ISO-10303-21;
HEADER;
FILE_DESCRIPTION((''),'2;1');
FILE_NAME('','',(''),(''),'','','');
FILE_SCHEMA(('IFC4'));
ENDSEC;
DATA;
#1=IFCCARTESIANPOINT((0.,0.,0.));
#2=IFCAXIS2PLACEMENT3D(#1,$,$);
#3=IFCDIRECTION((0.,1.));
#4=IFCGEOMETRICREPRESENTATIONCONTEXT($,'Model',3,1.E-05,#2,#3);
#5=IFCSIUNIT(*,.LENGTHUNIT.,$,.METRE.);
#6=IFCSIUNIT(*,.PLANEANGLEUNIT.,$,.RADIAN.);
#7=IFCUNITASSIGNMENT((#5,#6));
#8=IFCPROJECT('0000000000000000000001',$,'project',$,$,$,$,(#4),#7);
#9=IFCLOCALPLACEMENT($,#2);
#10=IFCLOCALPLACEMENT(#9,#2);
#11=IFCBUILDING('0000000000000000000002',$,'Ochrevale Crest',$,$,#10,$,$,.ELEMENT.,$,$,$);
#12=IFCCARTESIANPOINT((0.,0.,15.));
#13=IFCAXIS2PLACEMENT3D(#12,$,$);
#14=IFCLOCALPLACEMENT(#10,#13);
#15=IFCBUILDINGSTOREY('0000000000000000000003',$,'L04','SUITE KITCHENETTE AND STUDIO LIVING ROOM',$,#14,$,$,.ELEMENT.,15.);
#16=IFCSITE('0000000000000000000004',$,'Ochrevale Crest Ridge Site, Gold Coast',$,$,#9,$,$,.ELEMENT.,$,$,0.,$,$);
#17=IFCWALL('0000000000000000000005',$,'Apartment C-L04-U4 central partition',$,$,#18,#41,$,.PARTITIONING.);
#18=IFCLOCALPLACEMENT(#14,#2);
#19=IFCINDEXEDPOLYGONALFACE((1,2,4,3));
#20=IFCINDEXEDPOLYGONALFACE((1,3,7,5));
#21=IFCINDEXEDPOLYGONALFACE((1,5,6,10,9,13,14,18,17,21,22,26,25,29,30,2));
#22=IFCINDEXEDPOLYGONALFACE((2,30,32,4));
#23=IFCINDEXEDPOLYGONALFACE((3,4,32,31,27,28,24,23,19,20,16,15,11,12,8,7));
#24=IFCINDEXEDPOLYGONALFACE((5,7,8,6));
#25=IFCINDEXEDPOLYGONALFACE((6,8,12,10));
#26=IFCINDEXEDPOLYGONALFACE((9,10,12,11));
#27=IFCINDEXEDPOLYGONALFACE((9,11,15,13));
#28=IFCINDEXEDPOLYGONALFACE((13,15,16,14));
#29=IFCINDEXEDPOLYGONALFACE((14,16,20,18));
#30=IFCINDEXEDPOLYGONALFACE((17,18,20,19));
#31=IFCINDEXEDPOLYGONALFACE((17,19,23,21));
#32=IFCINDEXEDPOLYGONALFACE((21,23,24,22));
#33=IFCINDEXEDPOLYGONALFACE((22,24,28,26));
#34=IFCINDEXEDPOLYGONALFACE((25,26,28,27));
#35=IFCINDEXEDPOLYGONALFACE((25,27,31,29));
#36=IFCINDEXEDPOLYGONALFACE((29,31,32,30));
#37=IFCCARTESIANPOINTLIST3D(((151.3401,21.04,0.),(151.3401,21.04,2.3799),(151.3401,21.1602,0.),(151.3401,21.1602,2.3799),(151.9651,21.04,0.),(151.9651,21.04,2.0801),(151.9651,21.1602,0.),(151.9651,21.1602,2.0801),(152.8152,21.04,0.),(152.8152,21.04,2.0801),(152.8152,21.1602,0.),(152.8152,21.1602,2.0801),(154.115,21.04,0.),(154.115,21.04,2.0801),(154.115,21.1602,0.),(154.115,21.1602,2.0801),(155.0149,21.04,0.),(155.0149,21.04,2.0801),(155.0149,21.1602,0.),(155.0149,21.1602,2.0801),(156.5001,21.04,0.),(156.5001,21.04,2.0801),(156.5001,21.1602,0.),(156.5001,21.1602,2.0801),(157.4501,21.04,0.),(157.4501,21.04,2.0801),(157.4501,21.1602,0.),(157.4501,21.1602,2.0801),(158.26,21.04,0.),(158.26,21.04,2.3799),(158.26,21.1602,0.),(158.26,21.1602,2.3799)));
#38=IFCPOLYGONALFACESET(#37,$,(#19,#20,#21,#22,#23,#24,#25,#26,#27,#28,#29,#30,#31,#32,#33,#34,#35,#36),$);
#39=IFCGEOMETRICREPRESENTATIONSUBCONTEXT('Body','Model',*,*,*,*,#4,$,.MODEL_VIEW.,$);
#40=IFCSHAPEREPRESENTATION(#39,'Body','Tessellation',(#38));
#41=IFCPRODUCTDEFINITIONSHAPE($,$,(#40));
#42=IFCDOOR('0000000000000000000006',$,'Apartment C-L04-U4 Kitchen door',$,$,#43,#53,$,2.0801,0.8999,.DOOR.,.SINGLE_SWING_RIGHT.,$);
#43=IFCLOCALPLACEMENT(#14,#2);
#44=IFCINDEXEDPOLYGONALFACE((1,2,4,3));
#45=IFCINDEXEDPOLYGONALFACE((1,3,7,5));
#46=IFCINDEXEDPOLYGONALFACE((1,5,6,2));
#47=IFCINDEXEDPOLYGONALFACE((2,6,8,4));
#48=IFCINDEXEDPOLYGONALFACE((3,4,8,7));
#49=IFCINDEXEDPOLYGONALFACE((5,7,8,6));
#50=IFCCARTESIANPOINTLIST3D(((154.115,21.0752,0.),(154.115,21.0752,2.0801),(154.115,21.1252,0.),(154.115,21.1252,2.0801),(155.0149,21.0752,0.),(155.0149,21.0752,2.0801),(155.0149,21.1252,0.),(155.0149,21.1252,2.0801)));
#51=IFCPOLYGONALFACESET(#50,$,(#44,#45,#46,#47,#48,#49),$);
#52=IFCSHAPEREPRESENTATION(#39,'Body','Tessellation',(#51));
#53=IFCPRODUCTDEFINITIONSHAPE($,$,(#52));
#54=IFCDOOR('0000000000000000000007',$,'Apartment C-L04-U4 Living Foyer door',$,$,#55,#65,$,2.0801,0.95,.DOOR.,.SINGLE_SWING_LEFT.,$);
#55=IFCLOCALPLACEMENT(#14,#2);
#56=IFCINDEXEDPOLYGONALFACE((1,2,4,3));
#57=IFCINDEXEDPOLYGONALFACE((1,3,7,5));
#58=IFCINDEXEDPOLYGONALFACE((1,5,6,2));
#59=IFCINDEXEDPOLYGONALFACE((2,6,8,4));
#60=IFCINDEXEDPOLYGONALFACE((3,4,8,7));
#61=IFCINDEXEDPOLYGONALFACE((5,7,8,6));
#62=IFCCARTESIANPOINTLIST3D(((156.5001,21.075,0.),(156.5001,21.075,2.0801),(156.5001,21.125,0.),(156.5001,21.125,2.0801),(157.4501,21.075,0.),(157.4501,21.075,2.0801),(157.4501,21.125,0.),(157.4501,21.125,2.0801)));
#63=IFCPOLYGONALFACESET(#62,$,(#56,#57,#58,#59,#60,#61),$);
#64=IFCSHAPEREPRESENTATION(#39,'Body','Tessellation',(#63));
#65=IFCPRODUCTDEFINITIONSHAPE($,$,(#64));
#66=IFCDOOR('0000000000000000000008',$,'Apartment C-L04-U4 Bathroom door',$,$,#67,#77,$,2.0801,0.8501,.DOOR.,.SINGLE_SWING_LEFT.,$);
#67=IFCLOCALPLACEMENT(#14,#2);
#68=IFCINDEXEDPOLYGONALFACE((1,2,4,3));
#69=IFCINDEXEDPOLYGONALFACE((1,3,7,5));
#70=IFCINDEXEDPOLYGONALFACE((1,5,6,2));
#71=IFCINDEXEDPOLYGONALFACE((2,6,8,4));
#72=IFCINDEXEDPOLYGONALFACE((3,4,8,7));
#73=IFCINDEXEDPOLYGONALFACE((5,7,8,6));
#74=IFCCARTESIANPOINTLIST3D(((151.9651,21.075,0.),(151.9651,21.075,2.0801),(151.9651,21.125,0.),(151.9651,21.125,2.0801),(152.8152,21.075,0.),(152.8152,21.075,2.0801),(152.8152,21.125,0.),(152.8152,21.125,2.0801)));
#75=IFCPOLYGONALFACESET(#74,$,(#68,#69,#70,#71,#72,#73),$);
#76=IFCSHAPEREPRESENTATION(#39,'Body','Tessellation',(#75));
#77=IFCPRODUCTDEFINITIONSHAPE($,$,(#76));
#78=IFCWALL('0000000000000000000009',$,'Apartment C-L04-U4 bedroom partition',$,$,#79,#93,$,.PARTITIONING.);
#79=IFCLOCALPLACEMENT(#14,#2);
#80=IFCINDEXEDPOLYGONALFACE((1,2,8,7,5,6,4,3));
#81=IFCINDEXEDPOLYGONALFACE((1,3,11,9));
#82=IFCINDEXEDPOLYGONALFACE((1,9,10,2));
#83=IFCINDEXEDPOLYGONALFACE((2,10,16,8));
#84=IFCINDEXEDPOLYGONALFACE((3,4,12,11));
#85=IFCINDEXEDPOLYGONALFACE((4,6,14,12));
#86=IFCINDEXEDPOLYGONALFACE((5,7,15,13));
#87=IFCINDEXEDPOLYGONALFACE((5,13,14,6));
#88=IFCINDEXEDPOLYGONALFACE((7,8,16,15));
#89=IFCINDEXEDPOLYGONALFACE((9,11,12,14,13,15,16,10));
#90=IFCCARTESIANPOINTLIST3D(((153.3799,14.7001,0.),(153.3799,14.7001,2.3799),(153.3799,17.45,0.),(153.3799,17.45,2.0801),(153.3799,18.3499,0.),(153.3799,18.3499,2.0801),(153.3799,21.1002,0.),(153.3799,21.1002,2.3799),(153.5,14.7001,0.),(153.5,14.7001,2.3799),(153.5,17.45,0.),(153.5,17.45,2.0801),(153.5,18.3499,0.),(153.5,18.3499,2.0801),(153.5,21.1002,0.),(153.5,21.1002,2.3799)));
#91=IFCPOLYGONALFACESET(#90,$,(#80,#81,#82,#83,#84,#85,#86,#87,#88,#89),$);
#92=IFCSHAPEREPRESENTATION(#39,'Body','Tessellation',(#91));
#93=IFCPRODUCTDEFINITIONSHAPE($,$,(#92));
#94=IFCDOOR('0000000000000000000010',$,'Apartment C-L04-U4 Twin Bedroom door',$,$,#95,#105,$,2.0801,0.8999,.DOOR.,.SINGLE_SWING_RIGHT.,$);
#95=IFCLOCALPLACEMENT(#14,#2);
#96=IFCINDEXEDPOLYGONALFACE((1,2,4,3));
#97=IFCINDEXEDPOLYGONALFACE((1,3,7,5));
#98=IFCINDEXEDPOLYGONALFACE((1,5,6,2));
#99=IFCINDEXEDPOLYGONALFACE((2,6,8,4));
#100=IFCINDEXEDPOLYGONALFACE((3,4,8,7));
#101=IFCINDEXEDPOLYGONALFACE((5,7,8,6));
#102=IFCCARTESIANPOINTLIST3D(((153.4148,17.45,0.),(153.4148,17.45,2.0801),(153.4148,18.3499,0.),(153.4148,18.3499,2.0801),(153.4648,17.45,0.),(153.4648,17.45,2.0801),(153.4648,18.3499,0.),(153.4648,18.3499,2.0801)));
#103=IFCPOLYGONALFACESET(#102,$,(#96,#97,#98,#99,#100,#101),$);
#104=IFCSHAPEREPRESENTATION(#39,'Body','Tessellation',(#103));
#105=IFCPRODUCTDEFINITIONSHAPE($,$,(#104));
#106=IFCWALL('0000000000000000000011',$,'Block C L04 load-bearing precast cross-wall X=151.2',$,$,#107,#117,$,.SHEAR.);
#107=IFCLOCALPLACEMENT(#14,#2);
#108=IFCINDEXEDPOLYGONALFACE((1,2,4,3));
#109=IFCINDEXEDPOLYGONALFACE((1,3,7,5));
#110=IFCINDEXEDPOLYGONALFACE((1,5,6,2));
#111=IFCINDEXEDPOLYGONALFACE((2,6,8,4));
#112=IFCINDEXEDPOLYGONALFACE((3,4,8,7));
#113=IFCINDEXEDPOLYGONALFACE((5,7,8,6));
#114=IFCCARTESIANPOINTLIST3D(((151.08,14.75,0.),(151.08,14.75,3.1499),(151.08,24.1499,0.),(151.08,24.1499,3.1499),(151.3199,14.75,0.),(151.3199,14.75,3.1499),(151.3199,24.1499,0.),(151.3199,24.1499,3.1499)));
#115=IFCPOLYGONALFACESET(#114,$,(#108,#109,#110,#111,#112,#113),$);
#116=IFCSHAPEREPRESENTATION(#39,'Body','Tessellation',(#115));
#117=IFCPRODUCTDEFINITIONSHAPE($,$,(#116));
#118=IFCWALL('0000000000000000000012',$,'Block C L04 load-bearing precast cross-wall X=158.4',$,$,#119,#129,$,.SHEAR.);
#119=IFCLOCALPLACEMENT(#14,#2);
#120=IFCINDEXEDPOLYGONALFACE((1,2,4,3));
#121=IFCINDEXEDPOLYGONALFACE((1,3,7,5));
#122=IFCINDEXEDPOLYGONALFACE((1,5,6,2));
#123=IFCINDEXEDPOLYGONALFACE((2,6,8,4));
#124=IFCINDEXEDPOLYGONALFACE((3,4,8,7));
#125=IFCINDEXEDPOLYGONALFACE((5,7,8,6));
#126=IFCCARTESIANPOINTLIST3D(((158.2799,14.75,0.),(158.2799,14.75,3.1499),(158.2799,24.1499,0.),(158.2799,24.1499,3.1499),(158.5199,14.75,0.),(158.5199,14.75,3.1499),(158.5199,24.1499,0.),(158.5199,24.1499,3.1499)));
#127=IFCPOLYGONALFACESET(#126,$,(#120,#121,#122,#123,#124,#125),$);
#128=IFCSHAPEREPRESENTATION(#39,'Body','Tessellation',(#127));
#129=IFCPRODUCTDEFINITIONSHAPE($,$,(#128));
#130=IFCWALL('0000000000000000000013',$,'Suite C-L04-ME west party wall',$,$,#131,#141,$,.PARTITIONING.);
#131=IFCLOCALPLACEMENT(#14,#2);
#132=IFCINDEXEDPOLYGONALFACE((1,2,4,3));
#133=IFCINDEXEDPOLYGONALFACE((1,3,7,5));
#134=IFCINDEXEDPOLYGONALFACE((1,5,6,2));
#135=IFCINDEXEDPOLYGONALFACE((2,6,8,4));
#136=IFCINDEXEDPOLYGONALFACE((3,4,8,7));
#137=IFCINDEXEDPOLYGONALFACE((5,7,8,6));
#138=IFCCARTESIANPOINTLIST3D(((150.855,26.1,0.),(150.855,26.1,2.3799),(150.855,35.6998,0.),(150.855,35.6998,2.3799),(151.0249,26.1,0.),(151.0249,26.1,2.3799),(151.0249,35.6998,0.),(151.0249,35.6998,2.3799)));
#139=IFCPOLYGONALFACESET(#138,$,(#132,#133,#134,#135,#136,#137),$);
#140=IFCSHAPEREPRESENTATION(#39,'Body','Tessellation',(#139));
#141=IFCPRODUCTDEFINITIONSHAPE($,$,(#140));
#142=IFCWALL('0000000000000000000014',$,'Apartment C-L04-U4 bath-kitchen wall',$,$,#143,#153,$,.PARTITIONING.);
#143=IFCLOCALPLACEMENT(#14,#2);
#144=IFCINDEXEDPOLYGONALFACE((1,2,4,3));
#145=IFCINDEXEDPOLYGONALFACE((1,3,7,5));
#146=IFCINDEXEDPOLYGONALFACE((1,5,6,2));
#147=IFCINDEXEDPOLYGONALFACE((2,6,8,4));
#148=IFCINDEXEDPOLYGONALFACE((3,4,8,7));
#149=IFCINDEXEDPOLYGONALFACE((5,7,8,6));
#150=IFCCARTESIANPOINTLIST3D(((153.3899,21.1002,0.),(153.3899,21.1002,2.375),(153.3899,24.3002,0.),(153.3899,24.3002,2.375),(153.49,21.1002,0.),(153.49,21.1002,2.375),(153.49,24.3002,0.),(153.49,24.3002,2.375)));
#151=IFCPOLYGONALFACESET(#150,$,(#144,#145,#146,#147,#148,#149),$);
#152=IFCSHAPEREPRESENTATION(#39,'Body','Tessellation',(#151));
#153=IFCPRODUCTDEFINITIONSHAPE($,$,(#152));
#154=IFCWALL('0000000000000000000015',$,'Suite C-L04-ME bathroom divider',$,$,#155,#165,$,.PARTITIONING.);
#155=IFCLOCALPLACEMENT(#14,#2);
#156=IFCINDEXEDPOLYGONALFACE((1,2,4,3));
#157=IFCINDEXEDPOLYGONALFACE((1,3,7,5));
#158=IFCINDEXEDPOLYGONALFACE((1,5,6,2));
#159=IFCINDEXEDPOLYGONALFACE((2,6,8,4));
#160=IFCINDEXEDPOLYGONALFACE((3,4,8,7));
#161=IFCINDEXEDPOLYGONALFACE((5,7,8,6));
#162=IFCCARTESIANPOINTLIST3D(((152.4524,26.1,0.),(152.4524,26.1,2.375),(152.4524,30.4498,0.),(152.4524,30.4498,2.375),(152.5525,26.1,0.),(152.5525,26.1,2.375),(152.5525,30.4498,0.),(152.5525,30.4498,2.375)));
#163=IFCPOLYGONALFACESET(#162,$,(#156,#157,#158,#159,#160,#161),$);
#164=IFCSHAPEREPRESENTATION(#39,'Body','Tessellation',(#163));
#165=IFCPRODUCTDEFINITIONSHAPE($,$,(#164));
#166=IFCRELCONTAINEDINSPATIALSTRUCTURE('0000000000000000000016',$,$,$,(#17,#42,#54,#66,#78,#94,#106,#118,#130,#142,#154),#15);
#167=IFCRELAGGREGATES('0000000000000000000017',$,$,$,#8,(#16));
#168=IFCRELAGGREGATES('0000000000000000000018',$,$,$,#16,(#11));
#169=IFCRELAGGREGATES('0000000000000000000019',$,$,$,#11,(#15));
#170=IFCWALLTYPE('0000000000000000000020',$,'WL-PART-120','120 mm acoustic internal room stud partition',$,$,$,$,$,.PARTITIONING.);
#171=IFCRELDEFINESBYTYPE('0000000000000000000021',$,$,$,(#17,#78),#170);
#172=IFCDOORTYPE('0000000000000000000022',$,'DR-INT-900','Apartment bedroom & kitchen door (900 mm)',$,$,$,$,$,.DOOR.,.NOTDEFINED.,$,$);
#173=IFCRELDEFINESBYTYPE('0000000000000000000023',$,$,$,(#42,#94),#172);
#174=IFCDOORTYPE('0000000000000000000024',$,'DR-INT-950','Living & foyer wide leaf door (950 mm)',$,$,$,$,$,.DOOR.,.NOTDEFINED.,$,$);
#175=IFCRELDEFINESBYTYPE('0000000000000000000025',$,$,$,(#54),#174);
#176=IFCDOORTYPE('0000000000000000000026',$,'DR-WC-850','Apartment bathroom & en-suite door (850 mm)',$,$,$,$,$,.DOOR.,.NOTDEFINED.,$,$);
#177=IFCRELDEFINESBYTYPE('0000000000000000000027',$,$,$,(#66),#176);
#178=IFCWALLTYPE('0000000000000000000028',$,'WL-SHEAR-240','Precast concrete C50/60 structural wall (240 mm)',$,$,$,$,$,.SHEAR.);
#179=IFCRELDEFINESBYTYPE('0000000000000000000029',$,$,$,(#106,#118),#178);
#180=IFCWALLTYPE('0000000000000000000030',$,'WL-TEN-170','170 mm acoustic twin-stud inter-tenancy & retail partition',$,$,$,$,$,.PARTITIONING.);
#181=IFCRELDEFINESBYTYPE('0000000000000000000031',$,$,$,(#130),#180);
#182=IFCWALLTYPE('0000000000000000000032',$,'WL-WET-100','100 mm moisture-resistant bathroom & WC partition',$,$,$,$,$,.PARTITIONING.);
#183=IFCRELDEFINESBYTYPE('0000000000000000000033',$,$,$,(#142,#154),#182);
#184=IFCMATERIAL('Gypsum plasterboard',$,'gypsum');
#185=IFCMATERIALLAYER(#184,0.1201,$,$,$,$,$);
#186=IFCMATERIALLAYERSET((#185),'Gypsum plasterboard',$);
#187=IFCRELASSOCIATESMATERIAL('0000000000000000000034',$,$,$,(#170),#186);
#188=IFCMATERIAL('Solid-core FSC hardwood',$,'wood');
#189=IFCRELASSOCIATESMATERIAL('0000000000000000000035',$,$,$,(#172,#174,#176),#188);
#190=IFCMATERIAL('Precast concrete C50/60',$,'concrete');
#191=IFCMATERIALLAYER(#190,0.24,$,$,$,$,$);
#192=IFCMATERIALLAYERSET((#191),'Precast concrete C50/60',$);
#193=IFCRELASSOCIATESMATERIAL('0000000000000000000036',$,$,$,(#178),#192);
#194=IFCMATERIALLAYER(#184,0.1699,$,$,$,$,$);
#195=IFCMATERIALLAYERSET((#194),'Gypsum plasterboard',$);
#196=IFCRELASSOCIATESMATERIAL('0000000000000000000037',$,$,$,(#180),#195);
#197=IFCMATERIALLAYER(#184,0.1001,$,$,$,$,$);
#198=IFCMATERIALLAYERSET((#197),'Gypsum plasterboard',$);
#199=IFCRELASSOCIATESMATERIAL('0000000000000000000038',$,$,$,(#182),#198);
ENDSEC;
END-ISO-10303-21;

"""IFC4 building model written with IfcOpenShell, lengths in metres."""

from ifc_helpers import new_model, si_unit, direction, frame, frame_2d, origin, place, context, subcontext, project, spatial, rectangle, extrude, material, layer, layer_set, type_object, element, fill, save


model = new_model("IFC4")

# Units and contexts
model_context = context("Model", 3, precision=1e-05, world=origin(), true_north=direction((0.0, 1.0)))
body_context = subcontext(model_context, "Body", "Model", "MODEL_VIEW")
ifc_project = project(units=[si_unit("LENGTHUNIT", "METRE"), si_unit("PLANEANGLEUNIT", "RADIAN")], contexts=[model_context])

# Site, building, storey
site_placement = place(None, origin())
site = spatial("IfcSite", under=ifc_project, at=site_placement, Name="Ochrevale Crest Ridge Site, Gold Coast", CompositionType="ELEMENT", RefElevation=0.0)
building_placement = place(site_placement, origin())
building = spatial("IfcBuilding", under=site, at=building_placement, Name="Ochrevale Crest", CompositionType="ELEMENT")
storey_placement = place(building_placement, frame((0.0, 0.0, 15.0)))
storey = spatial("IfcBuildingStorey", under=building, at=storey_placement, Name="L04", Description="SUITE KITCHENETTE AND STUDIO LIVING ROOM", CompositionType="ELEMENT", Elevation=15.0)

# Shared definitions
ifc_material_1 = material(Name="Precast concrete C50/60", Category="concrete")

# Shared definitions
ifc_material_2 = material(Name="Gypsum plasterboard", Category="gypsum")
ifc_material_3 = material(Name="Solid-core FSC hardwood", Category="wood")

# Shared definitions
ifc_layer_1 = layer(ifc_material_2, 0.1201)
ifc_layer_set_1 = layer_set([ifc_layer_1], Name="Gypsum plasterboard")
wall_type_1 = type_object("IfcWallType", Name="WL-PART-120", Description="120 mm acoustic internal room stud partition", PredefinedType="PARTITIONING", material=ifc_layer_set_1)

# Shared definitions
door_type_1 = type_object("IfcDoorType", Name="DR-INT-900", Description="Apartment bedroom & kitchen door (900 mm)", OperationType="NOTDEFINED", PredefinedType="DOOR", material=ifc_material_3)

# Wall, openings, doors
wall_1_placement = place(storey_placement, frame((151.3401, 21.1001, 0.0), z_axis=(0.0, 0.0, 1.0), x_axis=(1.0, 0.0, 0.0)))
wall_1 = element("IfcWall", 1, at=wall_1_placement, inside=storey, type_object=wall_type_1, Name="Apartment C-L04-U4 central partition", PredefinedType="PARTITIONING", context=body_context, shape_type="SweptSolid", body=[
    extrude(rectangle(XDim=6.9199, YDim=0.1201, at=frame_2d((3.46, 0.0))), origin(), (0.0, 0.0, 1.0), 2.3799),
])
opening_1_placement = place(wall_1_placement, frame((0.625, 0.0, 0.0)))
opening_1 = element("IfcOpeningElement", 2, at=opening_1_placement, cuts=wall_1, PredefinedType="OPENING", context=body_context, shape_type="SweptSolid", body=[
    extrude(rectangle(XDim=0.8501, YDim=2.0801, at=frame_2d((0.425, 1.04))), frame((0.0, 0.0701, 0.0), z_axis=(0.0, -1.0, 0.0), x_axis=(1.0, 0.0, 0.0)), (0.0, 0.0, 1.0), 0.1401),
])
opening_2_placement = place(wall_1_placement, frame((3.6748, 0.0, 0.0), z_axis=(0.0, 0.0, 1.0), x_axis=(-1.0, 0.0, 0.0)))
opening_2 = element("IfcOpeningElement", 3, at=opening_2_placement, cuts=wall_1, PredefinedType="OPENING", context=body_context, shape_type="SweptSolid", body=[
    extrude(rectangle(XDim=0.8999, YDim=2.0801, at=frame_2d((0.45, 1.04))), frame((0.0, 0.0701, 0.0), z_axis=(0.0, -1.0, 0.0), x_axis=(1.0, 0.0, 0.0)), (0.0, 0.0, 1.0), 0.1401),
])
opening_3_placement = place(wall_1_placement, frame((5.1599, 0.0, 0.0)))
opening_3 = element("IfcOpeningElement", 4, at=opening_3_placement, cuts=wall_1, PredefinedType="OPENING", context=body_context, shape_type="SweptSolid", body=[
    extrude(rectangle(XDim=0.95, YDim=2.0801, at=frame_2d((0.4751, 1.04))), frame((0.0, 0.0701, 0.0), z_axis=(0.0, -1.0, 0.0), x_axis=(1.0, 0.0, 0.0)), (0.0, 0.0, 1.0), 0.1401),
])
door_1_placement = place(opening_2_placement, origin())
door_1 = element("IfcDoor", 5, at=door_1_placement, inside=storey, type_object=door_type_1, Name="Apartment C-L04-U4 Kitchen door", OperationType="SINGLE_SWING_RIGHT", OverallHeight=2.0801, OverallWidth=0.8999, PredefinedType="DOOR", context=body_context, shape_type="SweptSolid", body=[
    extrude(rectangle(XDim=0.8999, YDim=2.0801, at=frame_2d((0.45, 1.04))), frame((0.0, 0.0249, 0.0), z_axis=(0.0, -1.0, 0.0), x_axis=(1.0, 0.0, 0.0)), (0.0, 0.0, 1.0), 0.05),
])
fill(opening_2, door_1)
door_type_2 = type_object("IfcDoorType", Name="DR-INT-950", Description="Living & foyer wide leaf door (950 mm)", OperationType="NOTDEFINED", PredefinedType="DOOR", material=ifc_material_3)
door_2_placement = place(opening_3_placement, origin())
door_2 = element("IfcDoor", 6, at=door_2_placement, inside=storey, type_object=door_type_2, Name="Apartment C-L04-U4 Living Foyer door", OperationType="SINGLE_SWING_LEFT", OverallHeight=2.0801, OverallWidth=0.95, PredefinedType="DOOR", context=body_context, shape_type="SweptSolid", body=[
    extrude(rectangle(XDim=0.95, YDim=2.0801, at=frame_2d((0.4751, 1.04))), frame((0.0, 0.0249, 0.0), z_axis=(0.0, -1.0, 0.0), x_axis=(1.0, 0.0, 0.0)), (0.0, 0.0, 1.0), 0.05),
])
fill(opening_3, door_2)
door_type_3 = type_object("IfcDoorType", Name="DR-WC-850", Description="Apartment bathroom & en-suite door (850 mm)", OperationType="NOTDEFINED", PredefinedType="DOOR", material=ifc_material_3)
door_3_placement = place(opening_1_placement, origin())
door_3 = element("IfcDoor", 7, at=door_3_placement, inside=storey, type_object=door_type_3, Name="Apartment C-L04-U4 Bathroom door", OperationType="SINGLE_SWING_LEFT", OverallHeight=2.0801, OverallWidth=0.8501, PredefinedType="DOOR", context=body_context, shape_type="SweptSolid", body=[
    extrude(rectangle(XDim=0.8501, YDim=2.0801, at=frame_2d((0.425, 1.04))), frame((0.0, 0.0249, 0.0), z_axis=(0.0, -1.0, 0.0), x_axis=(1.0, 0.0, 0.0)), (0.0, 0.0, 1.0), 0.05),
])
fill(opening_1, door_3)

# Wall, opening, door
wall_2_placement = place(storey_placement, frame((153.4399, 14.7, 0.0), z_axis=(0.0, 0.0, 1.0), x_axis=(0.0, 1.0, 0.0)))
wall_2 = element("IfcWall", 8, at=wall_2_placement, inside=storey, type_object=wall_type_1, Name="Apartment C-L04-U4 bedroom partition", PredefinedType="PARTITIONING", context=body_context, shape_type="SweptSolid", body=[
    extrude(rectangle(XDim=6.4001, YDim=0.1201, at=frame_2d((3.2002, 0.0))), origin(), (0.0, 0.0, 1.0), 2.3799),
])
opening_4_placement = place(wall_2_placement, frame((3.6499, 0.0, 0.0), z_axis=(0.0, 0.0, 1.0), x_axis=(-1.0, 0.0, 0.0)))
opening_4 = element("IfcOpeningElement", 9, at=opening_4_placement, cuts=wall_2, PredefinedType="OPENING", context=body_context, shape_type="SweptSolid", body=[
    extrude(rectangle(XDim=0.8999, YDim=2.0801, at=frame_2d((0.45, 1.04))), frame((0.0, 0.0701, 0.0), z_axis=(0.0, -1.0, 0.0), x_axis=(1.0, 0.0, 0.0)), (0.0, 0.0, 1.0), 0.1401),
])
door_4_placement = place(opening_4_placement, origin())
door_4 = element("IfcDoor", 10, at=door_4_placement, inside=storey, type_object=door_type_1, Name="Apartment C-L04-U4 Twin Bedroom door", OperationType="SINGLE_SWING_RIGHT", OverallHeight=2.0801, OverallWidth=0.8999, PredefinedType="DOOR", context=body_context, shape_type="SweptSolid", body=[
    extrude(rectangle(XDim=0.8999, YDim=2.0801, at=frame_2d((0.45, 1.04))), frame((0.0, 0.0249, 0.0), z_axis=(0.0, -1.0, 0.0), x_axis=(1.0, 0.0, 0.0)), (0.0, 0.0, 1.0), 0.05),
])
fill(opening_4, door_4)

# Walls
ifc_layer_2 = layer(ifc_material_1, 0.24)
ifc_layer_set_2 = layer_set([ifc_layer_2], Name="Precast concrete C50/60")
wall_type_2 = type_object("IfcWallType", Name="WL-SHEAR-240", Description="Precast concrete C50/60 structural wall (240 mm)", PredefinedType="SHEAR", material=ifc_layer_set_2)
for number, where, z_axis, x_axis, name in (
    (11, (151.2, 14.75, 0.0), (0.0, 0.0, 1.0), (0.0, 1.0, 0.0), "Block C L04 load-bearing precast cross-wall X=151.2"),
    (12, (158.3999, 14.75, 0.0), (0.0, 0.0, 1.0), (0.0, 1.0, 0.0), "Block C L04 load-bearing precast cross-wall X=158.4"),
):
    element("IfcWall", number, at=place(storey_placement, frame(where, z_axis=z_axis, x_axis=x_axis)), inside=storey, type_object=wall_type_2, Name=name, PredefinedType="SHEAR", context=body_context, shape_type="SweptSolid", body=[
        extrude(rectangle(XDim=9.3999, YDim=0.24, at=frame_2d((4.7, 0.0))), origin(), (0.0, 0.0, 1.0), 3.1499),
    ])
ifc_layer_3 = layer(ifc_material_2, 0.1699)
ifc_layer_set_3 = layer_set([ifc_layer_3], Name="Gypsum plasterboard")
wall_type_3 = type_object("IfcWallType", Name="WL-TEN-170", Description="170 mm acoustic twin-stud inter-tenancy & retail partition", PredefinedType="PARTITIONING", material=ifc_layer_set_3)
wall_3_placement = place(storey_placement, frame((150.9399, 26.1001, 0.0), z_axis=(0.0, 0.0, 1.0), x_axis=(0.0, 1.0, 0.0)))
element("IfcWall", 13, at=wall_3_placement, inside=storey, type_object=wall_type_3, Name="Suite C-L04-ME west party wall", PredefinedType="PARTITIONING", context=body_context, shape_type="SweptSolid", body=[
    extrude(rectangle(XDim=9.5999, YDim=0.1699, at=frame_2d((4.7998, 0.0))), origin(), (0.0, 0.0, 1.0), 2.3799),
])
ifc_layer_4 = layer(ifc_material_2, 0.1001)
ifc_layer_set_4 = layer_set([ifc_layer_4], Name="Gypsum plasterboard")
wall_type_4 = type_object("IfcWallType", Name="WL-WET-100", Description="100 mm moisture-resistant bathroom & WC partition", PredefinedType="PARTITIONING", material=ifc_layer_set_4)
wall_4_placement = place(storey_placement, frame((153.4399, 21.1001, 0.0), z_axis=(0.0, 0.0, 1.0), x_axis=(0.0, 1.0, 0.0)))
element("IfcWall", 14, at=wall_4_placement, inside=storey, type_object=wall_type_4, Name="Apartment C-L04-U4 bath-kitchen wall", PredefinedType="PARTITIONING", context=body_context, shape_type="SweptSolid", body=[
    extrude(rectangle(XDim=3.2, YDim=0.1001, at=frame_2d((1.6001, 0.0))), origin(), (0.0, 0.0, 1.0), 2.375),
])
wall_5_placement = place(storey_placement, frame((152.5024, 26.1001, 0.0), z_axis=(0.0, 0.0, 1.0), x_axis=(0.0, 1.0, 0.0)))
element("IfcWall", 15, at=wall_5_placement, inside=storey, type_object=wall_type_4, Name="Suite C-L04-ME bathroom divider", PredefinedType="PARTITIONING", context=body_context, shape_type="SweptSolid", body=[
    extrude(rectangle(XDim=4.3499, YDim=0.1001, at=frame_2d((2.1748, 0.0))), origin(), (0.0, 0.0, 1.0), 2.375),
])

save(model, "model.ifc")
